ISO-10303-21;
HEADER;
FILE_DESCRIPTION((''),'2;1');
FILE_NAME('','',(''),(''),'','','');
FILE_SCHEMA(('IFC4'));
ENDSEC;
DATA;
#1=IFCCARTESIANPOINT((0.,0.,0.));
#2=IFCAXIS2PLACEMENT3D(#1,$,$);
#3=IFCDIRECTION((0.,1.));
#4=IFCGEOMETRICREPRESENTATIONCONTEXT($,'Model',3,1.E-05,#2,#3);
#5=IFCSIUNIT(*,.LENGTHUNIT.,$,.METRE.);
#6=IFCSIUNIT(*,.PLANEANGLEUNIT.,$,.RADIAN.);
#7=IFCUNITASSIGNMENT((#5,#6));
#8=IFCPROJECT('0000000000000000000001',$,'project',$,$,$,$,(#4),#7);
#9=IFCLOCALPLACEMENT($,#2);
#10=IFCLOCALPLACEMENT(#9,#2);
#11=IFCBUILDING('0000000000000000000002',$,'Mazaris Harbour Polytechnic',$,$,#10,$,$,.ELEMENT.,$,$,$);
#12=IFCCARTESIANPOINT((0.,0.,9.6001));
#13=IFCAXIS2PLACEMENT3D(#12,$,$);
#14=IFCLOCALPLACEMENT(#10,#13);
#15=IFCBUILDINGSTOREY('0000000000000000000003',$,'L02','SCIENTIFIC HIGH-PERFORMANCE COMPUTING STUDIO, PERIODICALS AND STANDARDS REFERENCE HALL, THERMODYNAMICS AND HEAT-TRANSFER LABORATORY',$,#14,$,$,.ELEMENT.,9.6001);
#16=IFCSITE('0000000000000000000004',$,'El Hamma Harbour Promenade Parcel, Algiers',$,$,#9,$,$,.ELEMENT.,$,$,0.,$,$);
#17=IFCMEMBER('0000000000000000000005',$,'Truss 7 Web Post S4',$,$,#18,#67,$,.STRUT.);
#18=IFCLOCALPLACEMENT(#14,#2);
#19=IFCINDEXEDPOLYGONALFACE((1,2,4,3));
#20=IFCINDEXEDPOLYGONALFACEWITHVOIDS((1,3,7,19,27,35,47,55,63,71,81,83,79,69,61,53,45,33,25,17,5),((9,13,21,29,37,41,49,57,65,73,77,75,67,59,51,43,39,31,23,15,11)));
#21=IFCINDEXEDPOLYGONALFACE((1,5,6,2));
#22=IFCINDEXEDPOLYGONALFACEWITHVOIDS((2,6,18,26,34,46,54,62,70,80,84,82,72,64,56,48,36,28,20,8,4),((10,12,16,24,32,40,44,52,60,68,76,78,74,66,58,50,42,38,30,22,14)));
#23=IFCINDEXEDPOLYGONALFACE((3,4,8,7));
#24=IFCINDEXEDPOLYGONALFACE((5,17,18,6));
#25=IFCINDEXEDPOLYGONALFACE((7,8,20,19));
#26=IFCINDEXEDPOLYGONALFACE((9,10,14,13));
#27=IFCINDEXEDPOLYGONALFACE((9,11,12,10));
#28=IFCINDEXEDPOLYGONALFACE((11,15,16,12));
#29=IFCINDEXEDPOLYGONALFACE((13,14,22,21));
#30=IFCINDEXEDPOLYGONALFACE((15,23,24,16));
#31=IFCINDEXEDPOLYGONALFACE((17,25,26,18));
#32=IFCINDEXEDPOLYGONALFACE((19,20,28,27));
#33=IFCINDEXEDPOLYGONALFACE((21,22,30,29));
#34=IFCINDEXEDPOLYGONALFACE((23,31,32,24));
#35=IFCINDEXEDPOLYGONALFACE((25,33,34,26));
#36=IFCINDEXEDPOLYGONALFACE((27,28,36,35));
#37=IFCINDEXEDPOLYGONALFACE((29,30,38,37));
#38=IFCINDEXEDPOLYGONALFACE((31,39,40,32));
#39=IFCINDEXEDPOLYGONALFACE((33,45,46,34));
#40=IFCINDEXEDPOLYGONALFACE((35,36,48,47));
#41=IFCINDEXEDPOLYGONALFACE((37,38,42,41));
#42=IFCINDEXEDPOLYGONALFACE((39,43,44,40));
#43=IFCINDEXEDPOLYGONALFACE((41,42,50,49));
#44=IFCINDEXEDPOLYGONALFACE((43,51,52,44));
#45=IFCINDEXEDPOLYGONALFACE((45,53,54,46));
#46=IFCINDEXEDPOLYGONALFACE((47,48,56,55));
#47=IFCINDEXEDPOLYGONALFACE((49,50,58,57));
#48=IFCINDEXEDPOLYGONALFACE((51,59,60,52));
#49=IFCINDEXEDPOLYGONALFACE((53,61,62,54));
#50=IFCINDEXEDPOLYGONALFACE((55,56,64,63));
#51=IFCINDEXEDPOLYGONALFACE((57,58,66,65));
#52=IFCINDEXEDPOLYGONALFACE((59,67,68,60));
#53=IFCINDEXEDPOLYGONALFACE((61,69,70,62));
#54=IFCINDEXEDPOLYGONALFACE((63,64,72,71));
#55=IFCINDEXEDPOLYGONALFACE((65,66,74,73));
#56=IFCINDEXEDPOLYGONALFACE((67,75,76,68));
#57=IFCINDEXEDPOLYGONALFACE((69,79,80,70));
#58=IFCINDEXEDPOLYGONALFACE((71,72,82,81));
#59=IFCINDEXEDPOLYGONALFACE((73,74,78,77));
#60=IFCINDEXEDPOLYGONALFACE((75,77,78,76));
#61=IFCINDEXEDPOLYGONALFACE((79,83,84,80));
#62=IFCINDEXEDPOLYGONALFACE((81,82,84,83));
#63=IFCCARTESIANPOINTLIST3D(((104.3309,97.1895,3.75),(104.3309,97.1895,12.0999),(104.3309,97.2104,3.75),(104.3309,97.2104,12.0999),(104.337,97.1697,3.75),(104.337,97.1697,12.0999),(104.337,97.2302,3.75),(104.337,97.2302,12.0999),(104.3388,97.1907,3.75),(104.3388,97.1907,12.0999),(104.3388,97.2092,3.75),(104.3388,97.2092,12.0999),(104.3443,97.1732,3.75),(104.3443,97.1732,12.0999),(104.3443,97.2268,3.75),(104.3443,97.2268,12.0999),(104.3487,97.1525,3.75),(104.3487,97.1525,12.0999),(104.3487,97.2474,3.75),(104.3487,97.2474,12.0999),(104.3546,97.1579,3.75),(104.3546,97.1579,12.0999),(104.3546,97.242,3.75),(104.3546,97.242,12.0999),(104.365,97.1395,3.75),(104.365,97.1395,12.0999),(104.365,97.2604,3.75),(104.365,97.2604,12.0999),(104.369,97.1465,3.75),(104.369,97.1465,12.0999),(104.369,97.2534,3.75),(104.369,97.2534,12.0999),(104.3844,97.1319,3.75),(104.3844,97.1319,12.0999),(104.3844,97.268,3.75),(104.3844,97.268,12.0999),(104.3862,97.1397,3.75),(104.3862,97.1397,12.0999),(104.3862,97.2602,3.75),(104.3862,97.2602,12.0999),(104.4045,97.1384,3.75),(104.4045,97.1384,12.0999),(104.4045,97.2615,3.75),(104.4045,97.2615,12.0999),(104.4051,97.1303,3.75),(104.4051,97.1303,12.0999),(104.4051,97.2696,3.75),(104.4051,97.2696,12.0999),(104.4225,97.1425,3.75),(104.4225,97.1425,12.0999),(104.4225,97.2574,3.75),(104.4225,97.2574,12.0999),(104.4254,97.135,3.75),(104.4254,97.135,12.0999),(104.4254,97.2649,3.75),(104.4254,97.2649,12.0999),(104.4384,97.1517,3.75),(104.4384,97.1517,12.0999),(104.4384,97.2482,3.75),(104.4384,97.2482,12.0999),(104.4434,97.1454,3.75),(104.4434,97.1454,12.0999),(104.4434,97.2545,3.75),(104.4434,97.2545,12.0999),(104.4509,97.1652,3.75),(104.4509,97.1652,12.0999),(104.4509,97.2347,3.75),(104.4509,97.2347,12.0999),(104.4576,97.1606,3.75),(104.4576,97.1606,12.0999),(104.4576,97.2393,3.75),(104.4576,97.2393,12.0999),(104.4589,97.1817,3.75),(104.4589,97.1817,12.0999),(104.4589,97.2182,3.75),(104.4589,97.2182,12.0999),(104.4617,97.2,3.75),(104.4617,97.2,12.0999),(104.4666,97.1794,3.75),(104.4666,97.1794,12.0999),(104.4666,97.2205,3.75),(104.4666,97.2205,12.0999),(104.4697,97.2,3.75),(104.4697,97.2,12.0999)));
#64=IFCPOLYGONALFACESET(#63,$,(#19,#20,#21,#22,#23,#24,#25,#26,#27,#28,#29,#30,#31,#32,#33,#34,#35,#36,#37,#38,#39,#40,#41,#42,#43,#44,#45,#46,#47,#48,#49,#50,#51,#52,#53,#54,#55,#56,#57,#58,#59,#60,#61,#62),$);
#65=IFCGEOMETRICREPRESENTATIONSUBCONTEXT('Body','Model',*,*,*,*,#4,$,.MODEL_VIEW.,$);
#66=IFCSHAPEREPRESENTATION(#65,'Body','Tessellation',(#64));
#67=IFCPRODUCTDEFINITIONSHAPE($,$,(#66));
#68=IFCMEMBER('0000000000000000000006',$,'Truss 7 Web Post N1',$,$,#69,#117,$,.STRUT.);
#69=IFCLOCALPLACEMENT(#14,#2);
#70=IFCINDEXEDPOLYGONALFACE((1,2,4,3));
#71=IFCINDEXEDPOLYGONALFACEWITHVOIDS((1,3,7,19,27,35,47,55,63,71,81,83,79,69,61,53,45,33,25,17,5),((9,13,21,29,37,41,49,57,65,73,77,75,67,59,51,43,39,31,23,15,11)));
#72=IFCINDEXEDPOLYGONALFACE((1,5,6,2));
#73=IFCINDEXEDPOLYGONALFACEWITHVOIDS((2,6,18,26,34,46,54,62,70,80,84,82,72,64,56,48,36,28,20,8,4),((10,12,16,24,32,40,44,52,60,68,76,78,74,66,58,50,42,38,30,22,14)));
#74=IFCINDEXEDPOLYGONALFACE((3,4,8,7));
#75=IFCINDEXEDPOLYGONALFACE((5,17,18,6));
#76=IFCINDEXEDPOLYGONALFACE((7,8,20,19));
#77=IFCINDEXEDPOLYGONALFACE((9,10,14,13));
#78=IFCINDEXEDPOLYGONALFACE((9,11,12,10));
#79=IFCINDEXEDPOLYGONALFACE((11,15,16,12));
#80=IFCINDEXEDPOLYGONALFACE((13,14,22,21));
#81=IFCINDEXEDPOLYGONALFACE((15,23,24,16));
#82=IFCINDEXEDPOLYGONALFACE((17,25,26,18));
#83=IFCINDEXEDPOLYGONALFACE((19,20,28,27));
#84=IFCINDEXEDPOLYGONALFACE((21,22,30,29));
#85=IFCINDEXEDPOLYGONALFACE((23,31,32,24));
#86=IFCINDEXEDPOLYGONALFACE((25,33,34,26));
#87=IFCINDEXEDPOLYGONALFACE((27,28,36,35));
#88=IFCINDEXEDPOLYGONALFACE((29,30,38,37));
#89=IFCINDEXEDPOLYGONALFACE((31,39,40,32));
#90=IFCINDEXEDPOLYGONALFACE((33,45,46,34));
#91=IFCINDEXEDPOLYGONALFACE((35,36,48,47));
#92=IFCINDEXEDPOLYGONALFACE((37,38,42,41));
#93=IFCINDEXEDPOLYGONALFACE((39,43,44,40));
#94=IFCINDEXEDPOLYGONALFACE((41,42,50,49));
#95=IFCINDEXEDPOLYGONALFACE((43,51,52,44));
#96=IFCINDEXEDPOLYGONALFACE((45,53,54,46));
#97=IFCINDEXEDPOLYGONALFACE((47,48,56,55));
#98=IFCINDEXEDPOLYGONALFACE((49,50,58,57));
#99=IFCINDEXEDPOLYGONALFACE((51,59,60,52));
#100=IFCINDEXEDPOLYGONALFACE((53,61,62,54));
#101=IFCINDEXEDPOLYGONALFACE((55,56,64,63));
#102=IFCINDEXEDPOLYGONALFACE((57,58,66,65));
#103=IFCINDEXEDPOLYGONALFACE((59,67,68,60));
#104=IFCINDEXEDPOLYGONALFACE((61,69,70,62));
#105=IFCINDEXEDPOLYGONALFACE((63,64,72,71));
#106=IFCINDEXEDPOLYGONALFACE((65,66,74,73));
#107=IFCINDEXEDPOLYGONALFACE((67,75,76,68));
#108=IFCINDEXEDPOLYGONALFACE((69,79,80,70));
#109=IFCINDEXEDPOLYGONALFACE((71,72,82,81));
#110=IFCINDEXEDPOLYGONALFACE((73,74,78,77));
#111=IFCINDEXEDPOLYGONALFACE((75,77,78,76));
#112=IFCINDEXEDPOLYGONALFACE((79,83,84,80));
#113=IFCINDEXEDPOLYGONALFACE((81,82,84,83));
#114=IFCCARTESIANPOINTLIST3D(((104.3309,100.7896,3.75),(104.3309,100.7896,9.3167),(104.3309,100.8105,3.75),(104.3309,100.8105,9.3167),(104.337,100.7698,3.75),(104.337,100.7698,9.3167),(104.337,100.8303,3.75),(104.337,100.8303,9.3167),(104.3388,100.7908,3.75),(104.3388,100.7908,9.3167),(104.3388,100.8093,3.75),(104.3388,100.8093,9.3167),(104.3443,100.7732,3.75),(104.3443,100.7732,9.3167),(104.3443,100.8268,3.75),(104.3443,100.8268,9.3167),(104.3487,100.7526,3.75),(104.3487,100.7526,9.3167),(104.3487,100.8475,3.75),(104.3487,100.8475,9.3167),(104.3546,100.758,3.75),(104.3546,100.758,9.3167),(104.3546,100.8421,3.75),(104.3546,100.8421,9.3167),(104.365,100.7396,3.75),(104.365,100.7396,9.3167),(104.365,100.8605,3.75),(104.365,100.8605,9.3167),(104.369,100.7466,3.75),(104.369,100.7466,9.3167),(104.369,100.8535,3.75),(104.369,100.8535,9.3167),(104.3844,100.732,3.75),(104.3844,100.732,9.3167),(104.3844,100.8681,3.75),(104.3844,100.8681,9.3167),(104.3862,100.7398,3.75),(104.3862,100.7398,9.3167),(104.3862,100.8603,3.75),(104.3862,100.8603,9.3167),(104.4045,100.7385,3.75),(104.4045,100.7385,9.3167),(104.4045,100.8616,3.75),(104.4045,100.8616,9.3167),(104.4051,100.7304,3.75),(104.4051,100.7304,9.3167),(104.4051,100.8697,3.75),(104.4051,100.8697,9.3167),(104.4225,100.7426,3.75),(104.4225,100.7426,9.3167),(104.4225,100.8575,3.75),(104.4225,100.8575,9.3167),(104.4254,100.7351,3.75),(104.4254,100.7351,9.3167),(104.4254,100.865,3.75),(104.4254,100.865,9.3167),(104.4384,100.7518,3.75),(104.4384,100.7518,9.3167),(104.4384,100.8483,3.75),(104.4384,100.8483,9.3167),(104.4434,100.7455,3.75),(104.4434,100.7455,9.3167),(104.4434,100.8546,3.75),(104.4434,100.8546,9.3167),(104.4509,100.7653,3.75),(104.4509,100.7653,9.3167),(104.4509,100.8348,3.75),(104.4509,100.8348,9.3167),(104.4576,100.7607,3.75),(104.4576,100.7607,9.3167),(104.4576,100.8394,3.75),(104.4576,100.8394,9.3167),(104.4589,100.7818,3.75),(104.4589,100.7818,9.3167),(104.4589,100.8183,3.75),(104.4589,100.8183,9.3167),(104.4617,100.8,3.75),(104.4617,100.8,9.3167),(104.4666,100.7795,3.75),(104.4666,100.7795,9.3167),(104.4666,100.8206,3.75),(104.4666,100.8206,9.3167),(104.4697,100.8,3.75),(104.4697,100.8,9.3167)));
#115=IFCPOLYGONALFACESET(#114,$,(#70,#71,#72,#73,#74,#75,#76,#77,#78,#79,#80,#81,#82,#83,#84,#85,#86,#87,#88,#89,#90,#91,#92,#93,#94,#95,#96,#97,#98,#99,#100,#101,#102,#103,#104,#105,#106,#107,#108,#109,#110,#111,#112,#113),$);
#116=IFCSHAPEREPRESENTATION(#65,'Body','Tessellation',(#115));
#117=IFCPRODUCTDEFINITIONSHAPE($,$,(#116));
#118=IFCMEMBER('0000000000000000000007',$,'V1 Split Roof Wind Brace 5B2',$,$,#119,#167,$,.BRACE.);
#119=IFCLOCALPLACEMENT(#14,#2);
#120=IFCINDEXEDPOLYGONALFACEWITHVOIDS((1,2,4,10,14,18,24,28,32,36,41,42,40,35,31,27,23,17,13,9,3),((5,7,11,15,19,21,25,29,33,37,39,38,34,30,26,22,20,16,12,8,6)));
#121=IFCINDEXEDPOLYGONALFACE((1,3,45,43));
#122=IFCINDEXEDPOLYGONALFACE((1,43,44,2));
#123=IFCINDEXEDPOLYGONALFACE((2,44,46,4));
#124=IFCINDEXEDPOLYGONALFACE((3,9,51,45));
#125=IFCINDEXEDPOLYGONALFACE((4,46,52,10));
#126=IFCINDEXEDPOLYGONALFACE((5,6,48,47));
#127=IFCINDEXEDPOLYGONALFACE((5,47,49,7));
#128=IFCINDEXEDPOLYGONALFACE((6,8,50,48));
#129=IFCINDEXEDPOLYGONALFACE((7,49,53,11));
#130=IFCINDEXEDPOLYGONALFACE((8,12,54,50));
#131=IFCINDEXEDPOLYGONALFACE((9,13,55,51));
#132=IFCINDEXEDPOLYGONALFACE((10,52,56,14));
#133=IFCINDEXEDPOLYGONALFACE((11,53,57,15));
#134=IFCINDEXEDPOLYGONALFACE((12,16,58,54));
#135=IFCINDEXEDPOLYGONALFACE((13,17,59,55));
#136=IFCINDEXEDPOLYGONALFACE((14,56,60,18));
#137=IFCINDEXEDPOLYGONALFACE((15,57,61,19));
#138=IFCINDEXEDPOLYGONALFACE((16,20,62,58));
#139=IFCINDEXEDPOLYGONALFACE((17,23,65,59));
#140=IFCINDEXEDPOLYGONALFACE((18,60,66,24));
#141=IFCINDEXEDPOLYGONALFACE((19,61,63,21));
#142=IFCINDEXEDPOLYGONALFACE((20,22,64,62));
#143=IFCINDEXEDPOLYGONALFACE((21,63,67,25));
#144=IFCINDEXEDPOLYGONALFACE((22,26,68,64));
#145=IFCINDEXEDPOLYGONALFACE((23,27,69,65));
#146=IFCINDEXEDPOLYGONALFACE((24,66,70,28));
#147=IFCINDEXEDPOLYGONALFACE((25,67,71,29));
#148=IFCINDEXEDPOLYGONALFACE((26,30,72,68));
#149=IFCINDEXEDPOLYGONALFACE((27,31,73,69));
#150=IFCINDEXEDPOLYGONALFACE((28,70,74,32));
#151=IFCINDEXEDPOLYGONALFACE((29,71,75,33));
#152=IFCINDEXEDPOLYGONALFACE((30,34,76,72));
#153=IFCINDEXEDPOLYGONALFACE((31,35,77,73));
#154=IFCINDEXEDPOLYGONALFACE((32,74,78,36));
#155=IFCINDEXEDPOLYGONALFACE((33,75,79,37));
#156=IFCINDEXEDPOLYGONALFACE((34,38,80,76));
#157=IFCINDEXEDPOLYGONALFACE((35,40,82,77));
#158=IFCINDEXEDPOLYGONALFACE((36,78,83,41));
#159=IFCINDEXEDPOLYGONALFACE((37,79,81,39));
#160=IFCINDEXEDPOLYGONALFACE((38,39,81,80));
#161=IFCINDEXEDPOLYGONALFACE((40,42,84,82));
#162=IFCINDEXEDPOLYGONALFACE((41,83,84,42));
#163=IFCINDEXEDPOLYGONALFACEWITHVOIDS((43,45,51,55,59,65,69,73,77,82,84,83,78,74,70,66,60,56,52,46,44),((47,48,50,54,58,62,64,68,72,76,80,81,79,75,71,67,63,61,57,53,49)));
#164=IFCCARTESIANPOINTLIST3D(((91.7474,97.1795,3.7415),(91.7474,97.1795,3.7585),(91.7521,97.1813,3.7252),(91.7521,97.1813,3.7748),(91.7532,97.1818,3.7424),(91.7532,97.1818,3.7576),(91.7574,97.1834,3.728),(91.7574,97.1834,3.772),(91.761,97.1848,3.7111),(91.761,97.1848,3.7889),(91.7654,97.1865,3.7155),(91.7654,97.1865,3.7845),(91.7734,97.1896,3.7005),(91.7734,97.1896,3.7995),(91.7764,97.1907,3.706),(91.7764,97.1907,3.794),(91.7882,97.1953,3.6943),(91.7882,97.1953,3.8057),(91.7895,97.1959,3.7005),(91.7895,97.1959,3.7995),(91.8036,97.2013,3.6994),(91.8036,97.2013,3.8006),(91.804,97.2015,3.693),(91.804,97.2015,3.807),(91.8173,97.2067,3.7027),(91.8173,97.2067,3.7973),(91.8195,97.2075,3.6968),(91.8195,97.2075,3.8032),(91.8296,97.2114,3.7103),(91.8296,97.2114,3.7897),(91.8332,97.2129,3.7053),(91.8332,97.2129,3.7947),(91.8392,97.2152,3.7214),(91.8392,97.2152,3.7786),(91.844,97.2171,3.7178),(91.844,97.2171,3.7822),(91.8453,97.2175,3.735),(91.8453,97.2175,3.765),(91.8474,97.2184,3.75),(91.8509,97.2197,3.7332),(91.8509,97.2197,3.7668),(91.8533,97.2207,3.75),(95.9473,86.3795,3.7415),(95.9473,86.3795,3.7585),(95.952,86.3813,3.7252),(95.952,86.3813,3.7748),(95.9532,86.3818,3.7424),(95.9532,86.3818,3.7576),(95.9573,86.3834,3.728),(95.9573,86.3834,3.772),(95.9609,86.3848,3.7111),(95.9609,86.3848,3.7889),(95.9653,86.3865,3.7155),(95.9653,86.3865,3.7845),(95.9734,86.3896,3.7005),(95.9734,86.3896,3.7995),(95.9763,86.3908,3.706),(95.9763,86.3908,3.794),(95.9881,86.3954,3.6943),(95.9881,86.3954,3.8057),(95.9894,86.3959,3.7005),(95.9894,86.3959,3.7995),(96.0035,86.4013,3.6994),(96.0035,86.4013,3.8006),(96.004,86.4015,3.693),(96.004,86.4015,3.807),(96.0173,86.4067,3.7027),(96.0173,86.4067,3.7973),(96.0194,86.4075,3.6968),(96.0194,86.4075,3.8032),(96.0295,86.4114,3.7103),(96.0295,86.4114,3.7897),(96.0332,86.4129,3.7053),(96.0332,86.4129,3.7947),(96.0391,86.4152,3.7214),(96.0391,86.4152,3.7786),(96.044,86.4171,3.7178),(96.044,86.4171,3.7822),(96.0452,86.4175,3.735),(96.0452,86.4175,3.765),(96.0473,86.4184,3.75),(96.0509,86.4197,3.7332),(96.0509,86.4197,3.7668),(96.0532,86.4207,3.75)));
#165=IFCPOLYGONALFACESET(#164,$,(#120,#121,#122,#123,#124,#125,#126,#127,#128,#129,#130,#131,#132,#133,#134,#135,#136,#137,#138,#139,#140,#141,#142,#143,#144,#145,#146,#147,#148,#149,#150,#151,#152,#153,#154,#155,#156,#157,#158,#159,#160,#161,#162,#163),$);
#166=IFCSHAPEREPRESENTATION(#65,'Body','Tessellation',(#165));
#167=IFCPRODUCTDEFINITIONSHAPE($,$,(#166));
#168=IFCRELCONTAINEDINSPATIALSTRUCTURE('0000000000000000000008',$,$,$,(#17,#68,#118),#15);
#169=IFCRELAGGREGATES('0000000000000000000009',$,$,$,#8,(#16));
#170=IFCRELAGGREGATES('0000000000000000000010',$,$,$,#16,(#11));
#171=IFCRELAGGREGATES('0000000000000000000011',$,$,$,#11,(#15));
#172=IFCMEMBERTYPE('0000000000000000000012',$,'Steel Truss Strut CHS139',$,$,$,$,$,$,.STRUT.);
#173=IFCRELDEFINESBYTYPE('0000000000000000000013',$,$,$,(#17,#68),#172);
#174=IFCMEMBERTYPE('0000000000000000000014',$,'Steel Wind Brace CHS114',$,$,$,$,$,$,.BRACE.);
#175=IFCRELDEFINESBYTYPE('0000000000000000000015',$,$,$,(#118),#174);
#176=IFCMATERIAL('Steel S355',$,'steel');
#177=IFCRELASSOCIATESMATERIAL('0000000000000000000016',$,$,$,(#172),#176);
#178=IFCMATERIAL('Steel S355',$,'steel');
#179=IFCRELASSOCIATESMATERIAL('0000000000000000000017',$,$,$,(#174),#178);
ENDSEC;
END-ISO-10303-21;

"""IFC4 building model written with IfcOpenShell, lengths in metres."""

from ifc_helpers import new_model, si_unit, direction, frame, origin, origin_2d, place, context, subcontext, project, spatial, hollow_circle, extrude, material, material_profile, profile_set, type_object, element, save


model = new_model("IFC4")

# Units and contexts
model_context = context("Model", 3, precision=1e-05, world=origin(), true_north=direction((0.0, 1.0)))
body_context = subcontext(model_context, "Body", "Model", "MODEL_VIEW")
ifc_project = project(units=[si_unit("LENGTHUNIT", "METRE"), si_unit("PLANEANGLEUNIT", "RADIAN")], contexts=[model_context])

# Site, building, storey
site_placement = place(None, origin())
site = spatial("IfcSite", under=ifc_project, at=site_placement, Name="El Hamma Harbour Promenade Parcel, Algiers", CompositionType="ELEMENT", RefElevation=0.0)
building_placement = place(site_placement, origin())
building = spatial("IfcBuilding", under=site, at=building_placement, Name="Mazaris Harbour Polytechnic", CompositionType="ELEMENT")
storey_placement = place(building_placement, frame((0.0, 0.0, 9.6001)))
storey = spatial("IfcBuildingStorey", under=building, at=storey_placement, Name="L02", Description="SCIENTIFIC HIGH-PERFORMANCE COMPUTING STUDIO, PERIODICALS AND STANDARDS REFERENCE HALL, THERMODYNAMICS AND HEAT-TRANSFER LABORATORY", CompositionType="ELEMENT", Elevation=9.6001)

# Members
ifc_material_1 = material(Name="Steel S355", Category="steel")
ifc_material_profile_1 = material_profile(ifc_material_1, hollow_circle(Radius=0.0698, WallThickness=0.0081, at=origin_2d()), Name="CHS 139.7x8.0")
ifc_profile_set_1 = profile_set([ifc_material_profile_1], Name="Steel S355")
member_type_1 = type_object("IfcMemberType", Name="Steel Truss Strut CHS139", PredefinedType="STRUT", material=ifc_profile_set_1)
member_1_placement = place(storey_placement, frame((104.3999, 97.2, 3.75), z_axis=(0.0, 0.0, 1.0), x_axis=(1.0, 0.0, 0.0)))
element("IfcMember", 1, at=member_1_placement, inside=storey, type_object=member_type_1, Name="Truss 7 Web Post S4", PredefinedType="STRUT", context=body_context, shape_type="SweptSolid", body=[
    extrude(hollow_circle(Radius=0.0698, WallThickness=0.0081, at=origin_2d()), origin(), (0.0, 0.0, 1.0), 8.3499),
])
member_2_placement = place(storey_placement, frame((104.3999, 100.8, 3.75), z_axis=(0.0, 0.0, 1.0), x_axis=(1.0, 0.0, 0.0)))
element("IfcMember", 2, at=member_2_placement, inside=storey, type_object=member_type_1, Name="Truss 7 Web Post N1", PredefinedType="STRUT", context=body_context, shape_type="SweptSolid", body=[
    extrude(hollow_circle(Radius=0.0698, WallThickness=0.0081, at=origin_2d()), origin(), (0.0, 0.0, 1.0), 5.5667),
])
ifc_material_2 = material(Name="Steel S355", Category="steel")
ifc_material_profile_2 = material_profile(ifc_material_2, hollow_circle(Radius=0.0571, WallThickness=0.0063, at=origin_2d()), Name="CHS 114.3x6.3")
ifc_profile_set_2 = profile_set([ifc_material_profile_2], Name="Steel S355")
member_type_2 = type_object("IfcMemberType", Name="Steel Wind Brace CHS114", PredefinedType="BRACE", material=ifc_profile_set_2)
for number, where, z_axis, x_axis, name in (
    (3, (91.8, 97.2, 3.75), (0.362441, -0.932007, 0.0), (0.932007, 0.362441, 0.0), "V1 Split Roof Wind Brace 5B2"),
):
    element("IfcMember", number, at=place(storey_placement, frame(where, z_axis=z_axis, x_axis=x_axis)), inside=storey, type_object=member_type_2, Name=name, PredefinedType="BRACE", context=body_context, shape_type="SweptSolid", body=[
        extrude(hollow_circle(Radius=0.0571, WallThickness=0.0063, at=origin_2d()), origin(), (0.0, 0.0, 1.0), 11.5879),
    ])

save(model, "model.ifc")
